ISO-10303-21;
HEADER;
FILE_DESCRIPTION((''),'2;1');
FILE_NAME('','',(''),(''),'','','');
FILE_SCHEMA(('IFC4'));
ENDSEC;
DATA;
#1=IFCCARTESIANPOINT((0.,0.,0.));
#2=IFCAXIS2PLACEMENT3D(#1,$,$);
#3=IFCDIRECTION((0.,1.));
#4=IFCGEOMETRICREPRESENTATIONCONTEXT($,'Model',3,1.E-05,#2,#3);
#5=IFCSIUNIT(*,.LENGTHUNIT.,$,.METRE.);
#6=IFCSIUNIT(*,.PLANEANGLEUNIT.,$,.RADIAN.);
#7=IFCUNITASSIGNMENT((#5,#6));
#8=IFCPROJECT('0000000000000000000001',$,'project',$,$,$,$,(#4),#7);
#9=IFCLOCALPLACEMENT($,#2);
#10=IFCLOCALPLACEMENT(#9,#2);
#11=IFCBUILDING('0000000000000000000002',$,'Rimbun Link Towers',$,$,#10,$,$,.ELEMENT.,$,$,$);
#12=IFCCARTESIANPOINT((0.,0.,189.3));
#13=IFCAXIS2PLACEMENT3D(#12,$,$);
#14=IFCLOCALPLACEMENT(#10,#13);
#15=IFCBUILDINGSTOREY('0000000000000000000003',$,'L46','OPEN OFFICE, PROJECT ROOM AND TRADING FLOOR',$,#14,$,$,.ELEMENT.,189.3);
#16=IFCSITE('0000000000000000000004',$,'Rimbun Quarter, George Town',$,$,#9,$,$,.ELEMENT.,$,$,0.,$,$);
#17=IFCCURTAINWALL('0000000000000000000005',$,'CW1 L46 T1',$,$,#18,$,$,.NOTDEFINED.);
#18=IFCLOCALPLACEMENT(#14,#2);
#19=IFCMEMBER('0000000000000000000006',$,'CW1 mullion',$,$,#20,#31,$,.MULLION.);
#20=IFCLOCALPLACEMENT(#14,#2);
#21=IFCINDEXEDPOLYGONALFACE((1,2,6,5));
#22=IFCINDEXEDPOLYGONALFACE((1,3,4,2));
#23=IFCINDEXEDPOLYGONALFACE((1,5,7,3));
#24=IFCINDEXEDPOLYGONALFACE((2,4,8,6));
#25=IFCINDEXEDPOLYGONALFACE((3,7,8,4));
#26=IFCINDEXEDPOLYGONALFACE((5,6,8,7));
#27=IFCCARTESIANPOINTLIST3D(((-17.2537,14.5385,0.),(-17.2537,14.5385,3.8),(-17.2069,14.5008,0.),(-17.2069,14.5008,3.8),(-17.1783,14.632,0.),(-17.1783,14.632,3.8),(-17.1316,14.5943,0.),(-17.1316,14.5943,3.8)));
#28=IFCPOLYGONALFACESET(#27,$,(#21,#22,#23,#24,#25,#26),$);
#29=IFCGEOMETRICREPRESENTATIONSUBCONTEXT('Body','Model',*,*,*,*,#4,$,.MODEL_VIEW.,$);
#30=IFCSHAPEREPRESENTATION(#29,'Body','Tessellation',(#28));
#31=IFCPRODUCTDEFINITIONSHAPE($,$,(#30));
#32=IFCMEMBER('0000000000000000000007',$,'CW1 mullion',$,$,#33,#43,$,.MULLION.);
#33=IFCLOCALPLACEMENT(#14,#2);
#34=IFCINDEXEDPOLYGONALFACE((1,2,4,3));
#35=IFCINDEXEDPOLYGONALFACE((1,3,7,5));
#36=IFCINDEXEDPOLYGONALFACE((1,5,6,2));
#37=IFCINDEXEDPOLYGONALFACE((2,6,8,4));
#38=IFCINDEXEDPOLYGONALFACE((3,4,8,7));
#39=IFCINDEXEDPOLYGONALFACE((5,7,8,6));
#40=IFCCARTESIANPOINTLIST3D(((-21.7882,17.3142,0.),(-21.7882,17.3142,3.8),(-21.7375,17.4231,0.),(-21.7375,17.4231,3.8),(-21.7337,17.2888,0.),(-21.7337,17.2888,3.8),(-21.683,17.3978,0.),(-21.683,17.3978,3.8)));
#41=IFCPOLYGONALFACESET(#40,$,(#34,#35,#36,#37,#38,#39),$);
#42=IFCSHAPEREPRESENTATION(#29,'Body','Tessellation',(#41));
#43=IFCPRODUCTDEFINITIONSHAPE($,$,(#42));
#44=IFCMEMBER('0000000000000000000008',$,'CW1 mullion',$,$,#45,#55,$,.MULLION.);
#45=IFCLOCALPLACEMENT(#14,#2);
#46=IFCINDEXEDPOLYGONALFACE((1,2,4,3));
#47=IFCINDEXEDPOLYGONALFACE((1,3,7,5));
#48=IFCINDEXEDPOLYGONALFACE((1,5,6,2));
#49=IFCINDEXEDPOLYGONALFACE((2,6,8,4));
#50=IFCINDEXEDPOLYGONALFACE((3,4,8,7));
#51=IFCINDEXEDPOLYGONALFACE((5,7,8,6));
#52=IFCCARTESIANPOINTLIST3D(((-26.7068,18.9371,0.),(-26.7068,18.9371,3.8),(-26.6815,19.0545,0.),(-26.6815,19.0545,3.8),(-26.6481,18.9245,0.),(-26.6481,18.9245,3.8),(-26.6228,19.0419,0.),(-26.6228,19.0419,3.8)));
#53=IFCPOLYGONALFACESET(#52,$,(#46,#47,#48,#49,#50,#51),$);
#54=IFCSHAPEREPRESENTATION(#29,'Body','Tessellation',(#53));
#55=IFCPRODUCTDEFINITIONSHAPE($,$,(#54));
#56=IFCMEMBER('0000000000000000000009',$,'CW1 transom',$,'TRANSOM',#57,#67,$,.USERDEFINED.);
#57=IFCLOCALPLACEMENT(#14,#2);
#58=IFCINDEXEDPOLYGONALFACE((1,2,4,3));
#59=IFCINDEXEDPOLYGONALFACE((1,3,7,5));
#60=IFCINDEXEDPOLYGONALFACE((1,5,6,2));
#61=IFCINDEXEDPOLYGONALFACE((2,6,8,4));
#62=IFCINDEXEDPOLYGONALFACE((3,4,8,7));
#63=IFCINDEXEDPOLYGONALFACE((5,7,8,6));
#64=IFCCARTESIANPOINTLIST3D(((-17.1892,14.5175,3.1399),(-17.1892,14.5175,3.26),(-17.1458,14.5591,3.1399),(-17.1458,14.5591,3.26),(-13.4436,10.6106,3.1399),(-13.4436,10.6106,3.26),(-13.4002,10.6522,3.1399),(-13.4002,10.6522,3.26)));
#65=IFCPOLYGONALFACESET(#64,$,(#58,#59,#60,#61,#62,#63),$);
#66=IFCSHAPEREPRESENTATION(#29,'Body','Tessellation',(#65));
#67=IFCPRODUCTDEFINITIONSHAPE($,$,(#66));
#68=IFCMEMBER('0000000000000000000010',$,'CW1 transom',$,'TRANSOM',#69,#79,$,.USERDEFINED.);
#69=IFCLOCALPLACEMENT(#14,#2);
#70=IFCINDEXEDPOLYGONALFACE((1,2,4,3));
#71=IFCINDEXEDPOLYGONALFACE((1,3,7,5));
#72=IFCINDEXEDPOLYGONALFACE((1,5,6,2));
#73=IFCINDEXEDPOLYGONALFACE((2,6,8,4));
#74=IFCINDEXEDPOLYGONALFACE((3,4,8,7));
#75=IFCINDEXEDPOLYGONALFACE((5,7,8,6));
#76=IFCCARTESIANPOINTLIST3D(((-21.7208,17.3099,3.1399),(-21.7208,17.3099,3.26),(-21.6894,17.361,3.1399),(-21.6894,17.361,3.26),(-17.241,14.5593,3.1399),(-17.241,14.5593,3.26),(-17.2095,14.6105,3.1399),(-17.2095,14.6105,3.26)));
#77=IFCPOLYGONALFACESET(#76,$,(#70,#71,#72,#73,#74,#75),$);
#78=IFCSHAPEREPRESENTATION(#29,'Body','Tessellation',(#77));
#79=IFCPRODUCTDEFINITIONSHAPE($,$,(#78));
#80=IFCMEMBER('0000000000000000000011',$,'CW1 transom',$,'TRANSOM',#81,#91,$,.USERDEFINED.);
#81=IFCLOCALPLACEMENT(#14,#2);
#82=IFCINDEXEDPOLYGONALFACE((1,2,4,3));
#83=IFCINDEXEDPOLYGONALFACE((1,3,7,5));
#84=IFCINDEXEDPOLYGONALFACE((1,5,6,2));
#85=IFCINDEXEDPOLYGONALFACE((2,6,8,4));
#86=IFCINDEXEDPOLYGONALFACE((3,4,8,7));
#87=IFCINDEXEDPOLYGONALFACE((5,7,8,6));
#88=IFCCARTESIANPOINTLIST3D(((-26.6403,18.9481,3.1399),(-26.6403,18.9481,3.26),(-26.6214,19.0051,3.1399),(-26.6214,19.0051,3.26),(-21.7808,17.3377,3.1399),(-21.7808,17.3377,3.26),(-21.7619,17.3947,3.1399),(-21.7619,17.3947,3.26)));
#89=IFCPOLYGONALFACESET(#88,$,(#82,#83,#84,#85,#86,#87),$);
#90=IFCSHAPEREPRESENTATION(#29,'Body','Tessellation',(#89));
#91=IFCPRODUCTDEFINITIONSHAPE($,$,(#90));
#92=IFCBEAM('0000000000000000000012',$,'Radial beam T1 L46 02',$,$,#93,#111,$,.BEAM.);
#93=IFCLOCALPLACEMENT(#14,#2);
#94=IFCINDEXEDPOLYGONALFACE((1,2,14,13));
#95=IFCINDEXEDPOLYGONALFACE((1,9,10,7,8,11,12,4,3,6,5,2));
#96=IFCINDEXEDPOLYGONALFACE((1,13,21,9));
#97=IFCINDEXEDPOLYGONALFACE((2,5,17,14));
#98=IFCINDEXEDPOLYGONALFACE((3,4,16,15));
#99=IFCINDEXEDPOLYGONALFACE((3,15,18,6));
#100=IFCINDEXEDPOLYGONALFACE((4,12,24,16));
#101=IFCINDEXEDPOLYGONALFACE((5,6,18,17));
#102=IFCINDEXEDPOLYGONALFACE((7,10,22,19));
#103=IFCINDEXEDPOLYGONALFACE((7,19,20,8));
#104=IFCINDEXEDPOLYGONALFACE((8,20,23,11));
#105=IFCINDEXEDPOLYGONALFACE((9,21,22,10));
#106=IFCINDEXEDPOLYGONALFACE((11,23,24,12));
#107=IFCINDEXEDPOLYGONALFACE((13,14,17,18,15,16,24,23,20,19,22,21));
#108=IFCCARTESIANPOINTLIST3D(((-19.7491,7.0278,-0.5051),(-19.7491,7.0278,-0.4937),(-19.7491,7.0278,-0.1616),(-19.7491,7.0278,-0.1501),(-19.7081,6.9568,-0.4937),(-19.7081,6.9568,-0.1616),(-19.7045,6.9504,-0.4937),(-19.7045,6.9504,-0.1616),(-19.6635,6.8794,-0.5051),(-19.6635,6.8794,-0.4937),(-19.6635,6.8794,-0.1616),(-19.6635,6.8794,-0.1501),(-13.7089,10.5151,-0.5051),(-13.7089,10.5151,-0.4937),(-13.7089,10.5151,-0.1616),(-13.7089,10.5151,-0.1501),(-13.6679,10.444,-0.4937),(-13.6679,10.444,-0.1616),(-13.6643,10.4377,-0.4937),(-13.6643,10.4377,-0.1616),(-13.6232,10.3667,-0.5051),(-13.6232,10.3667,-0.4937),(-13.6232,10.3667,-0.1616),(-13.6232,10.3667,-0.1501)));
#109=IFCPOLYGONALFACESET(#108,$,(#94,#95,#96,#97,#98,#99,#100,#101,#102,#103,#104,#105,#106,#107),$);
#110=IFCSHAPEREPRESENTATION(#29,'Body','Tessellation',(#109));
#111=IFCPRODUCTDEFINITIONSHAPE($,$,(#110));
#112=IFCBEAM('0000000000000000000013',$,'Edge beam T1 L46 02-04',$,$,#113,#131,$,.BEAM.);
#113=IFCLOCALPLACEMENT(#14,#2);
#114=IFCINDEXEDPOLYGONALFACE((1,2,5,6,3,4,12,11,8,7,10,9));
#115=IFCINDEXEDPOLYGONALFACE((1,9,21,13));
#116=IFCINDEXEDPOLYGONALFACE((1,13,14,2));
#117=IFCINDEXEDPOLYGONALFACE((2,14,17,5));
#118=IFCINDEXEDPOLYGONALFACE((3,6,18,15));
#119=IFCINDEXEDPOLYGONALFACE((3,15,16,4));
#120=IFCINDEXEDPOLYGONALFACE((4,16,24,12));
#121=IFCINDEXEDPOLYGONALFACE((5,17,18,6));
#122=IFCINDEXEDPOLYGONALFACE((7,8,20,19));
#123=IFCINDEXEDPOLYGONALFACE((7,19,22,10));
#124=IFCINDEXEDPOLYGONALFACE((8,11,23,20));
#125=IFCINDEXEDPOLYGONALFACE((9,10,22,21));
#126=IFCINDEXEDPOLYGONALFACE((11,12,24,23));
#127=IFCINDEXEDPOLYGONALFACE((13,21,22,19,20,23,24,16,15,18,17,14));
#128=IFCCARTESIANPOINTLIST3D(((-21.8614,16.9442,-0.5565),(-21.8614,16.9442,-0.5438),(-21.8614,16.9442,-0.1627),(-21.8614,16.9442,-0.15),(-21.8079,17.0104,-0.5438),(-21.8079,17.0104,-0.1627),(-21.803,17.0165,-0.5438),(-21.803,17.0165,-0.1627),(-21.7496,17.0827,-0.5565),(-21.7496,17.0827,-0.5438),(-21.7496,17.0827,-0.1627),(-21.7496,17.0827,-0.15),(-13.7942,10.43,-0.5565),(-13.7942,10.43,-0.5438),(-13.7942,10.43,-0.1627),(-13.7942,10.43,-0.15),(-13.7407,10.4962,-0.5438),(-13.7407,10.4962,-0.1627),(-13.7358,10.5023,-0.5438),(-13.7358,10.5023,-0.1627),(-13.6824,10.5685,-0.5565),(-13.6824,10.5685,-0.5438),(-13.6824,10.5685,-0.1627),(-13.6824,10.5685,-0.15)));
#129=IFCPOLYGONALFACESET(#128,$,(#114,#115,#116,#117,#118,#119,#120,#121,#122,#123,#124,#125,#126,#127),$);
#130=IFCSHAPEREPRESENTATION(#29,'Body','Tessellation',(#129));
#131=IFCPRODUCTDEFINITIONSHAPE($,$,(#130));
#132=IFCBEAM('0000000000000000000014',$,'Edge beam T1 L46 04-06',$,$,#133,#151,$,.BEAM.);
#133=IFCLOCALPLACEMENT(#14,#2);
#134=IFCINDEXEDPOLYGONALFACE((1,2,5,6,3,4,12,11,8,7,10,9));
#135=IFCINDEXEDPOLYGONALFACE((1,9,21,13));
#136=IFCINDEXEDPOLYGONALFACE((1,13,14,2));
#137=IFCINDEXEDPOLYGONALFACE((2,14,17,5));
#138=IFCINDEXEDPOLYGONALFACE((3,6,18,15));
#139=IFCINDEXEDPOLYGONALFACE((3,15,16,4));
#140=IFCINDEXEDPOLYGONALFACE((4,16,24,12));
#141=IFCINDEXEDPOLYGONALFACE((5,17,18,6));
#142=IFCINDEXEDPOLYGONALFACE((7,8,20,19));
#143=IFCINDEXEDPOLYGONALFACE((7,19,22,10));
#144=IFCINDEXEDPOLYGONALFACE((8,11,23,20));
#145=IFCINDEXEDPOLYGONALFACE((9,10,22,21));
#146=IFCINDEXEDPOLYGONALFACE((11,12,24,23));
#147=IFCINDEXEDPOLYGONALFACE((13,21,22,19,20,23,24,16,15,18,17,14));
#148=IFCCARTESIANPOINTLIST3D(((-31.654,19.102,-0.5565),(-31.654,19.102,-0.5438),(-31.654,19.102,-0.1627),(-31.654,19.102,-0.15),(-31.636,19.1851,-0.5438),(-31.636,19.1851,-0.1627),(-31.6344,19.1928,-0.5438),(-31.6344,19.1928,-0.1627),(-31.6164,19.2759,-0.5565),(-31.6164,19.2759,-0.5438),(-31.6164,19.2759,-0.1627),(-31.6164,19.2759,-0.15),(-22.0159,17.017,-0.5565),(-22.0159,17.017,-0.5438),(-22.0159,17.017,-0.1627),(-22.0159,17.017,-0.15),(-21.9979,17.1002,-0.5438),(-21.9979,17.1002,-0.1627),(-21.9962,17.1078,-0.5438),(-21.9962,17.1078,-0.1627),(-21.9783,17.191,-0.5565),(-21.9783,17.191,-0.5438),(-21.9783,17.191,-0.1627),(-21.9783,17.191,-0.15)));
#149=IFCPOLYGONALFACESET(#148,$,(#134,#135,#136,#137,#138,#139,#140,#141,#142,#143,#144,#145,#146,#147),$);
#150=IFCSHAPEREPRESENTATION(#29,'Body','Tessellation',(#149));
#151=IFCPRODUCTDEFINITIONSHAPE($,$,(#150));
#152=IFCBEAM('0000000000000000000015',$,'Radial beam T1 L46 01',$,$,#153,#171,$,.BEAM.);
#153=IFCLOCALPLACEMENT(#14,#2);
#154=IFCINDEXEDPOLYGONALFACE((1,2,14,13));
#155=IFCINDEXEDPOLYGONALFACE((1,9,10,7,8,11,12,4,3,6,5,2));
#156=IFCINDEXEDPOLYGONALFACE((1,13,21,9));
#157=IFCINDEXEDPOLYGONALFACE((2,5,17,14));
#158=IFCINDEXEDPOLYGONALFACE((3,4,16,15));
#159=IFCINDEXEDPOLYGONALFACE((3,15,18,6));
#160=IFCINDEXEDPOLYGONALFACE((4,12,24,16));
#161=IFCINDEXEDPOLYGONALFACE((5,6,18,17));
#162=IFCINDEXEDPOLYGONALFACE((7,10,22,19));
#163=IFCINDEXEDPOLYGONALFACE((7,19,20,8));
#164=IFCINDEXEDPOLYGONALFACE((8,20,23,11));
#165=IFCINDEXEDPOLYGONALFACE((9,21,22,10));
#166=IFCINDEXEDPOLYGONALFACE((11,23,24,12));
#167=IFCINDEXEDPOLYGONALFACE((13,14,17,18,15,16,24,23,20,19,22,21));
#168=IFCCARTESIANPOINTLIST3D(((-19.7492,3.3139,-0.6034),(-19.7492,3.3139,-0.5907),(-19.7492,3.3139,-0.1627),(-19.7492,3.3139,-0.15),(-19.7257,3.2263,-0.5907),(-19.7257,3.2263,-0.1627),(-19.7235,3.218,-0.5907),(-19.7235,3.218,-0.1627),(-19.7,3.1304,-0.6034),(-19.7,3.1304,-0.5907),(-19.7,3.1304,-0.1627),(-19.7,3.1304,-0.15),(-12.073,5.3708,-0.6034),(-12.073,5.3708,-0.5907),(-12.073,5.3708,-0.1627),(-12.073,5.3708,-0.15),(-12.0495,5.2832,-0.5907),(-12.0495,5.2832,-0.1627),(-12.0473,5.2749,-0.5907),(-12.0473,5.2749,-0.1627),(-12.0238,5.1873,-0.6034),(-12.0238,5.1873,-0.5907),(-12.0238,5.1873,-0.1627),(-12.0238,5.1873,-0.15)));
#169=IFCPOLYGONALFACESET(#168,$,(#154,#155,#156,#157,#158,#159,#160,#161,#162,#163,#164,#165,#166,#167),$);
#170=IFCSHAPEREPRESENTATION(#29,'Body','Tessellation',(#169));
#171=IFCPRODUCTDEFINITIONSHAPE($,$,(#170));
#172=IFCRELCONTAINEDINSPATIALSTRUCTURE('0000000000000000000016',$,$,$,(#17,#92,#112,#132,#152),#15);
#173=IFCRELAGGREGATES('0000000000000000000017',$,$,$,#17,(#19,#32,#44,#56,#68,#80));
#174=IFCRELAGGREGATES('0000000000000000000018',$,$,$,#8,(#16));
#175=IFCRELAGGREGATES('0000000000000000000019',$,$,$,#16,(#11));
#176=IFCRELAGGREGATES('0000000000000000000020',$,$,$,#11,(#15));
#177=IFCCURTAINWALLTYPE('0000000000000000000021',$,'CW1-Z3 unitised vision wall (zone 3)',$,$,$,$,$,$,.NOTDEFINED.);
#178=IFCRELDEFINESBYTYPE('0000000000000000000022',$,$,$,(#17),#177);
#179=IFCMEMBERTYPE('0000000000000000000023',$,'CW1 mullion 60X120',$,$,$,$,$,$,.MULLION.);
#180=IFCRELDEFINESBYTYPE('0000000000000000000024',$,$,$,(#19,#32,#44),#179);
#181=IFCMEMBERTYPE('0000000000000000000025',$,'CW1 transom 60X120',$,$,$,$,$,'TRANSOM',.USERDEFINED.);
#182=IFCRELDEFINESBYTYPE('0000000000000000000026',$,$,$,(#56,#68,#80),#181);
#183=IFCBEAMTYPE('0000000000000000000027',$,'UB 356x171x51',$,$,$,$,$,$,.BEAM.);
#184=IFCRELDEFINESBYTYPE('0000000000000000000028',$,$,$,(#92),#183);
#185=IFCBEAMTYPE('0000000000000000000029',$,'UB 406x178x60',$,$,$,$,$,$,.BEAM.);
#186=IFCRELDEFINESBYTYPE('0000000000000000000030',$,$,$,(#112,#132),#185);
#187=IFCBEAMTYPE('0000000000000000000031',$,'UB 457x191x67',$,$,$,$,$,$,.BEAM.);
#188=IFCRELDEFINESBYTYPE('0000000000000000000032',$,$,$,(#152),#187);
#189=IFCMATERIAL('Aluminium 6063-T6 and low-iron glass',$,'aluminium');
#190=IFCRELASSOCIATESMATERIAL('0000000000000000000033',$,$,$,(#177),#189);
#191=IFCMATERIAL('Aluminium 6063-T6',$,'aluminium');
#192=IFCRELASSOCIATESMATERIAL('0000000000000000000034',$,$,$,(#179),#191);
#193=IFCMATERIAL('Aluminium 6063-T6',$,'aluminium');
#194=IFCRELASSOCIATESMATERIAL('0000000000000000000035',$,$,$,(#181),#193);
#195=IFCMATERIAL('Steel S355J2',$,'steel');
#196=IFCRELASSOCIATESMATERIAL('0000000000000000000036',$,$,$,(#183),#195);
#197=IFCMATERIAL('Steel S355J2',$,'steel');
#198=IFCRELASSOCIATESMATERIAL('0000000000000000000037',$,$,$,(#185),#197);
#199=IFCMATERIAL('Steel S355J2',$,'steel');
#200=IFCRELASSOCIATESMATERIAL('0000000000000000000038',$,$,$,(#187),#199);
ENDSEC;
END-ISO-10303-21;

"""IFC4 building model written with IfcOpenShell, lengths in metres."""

from ifc_helpers import new_model, si_unit, direction, frame, origin, origin_2d, place, context, subcontext, project, spatial, rectangle, i_section, extrude, material, material_profile, profile_set, type_object, element, aggregate, save


model = new_model("IFC4")

# Units and contexts
model_context = context("Model", 3, precision=1e-05, world=origin(), true_north=direction((0.0, 1.0)))
body_context = subcontext(model_context, "Body", "Model", "MODEL_VIEW")
ifc_project = project(units=[si_unit("LENGTHUNIT", "METRE"), si_unit("PLANEANGLEUNIT", "RADIAN")], contexts=[model_context])

# Site, building, storey
site_placement = place(None, origin())
site = spatial("IfcSite", under=ifc_project, at=site_placement, Name="Rimbun Quarter, George Town", CompositionType="ELEMENT", RefElevation=0.0)
building_placement = place(site_placement, origin())
building = spatial("IfcBuilding", under=site, at=building_placement, Name="Rimbun Link Towers", CompositionType="ELEMENT")
storey_placement = place(building_placement, frame((0.0, 0.0, 189.3)))
storey = spatial("IfcBuildingStorey", under=building, at=storey_placement, Name="L46", Description="OPEN OFFICE, PROJECT ROOM AND TRADING FLOOR", CompositionType="ELEMENT", Elevation=189.3)

# Curtain wall, members
ifc_material_1 = material(Name="Aluminium 6063-T6 and low-iron glass", Category="aluminium")
curtain_wall_type = type_object("IfcCurtainWallType", Name="CW1-Z3 unitised vision wall (zone 3)", PredefinedType="NOTDEFINED", material=ifc_material_1)
curtain_wall_placement = place(storey_placement, origin())
curtain_wall = element("IfcCurtainWall", 1, at=curtain_wall_placement, inside=storey, type_object=curtain_wall_type, Name="CW1 L46 T1", PredefinedType="NOTDEFINED")
ifc_material_2 = material(Name="Aluminium 6063-T6", Category="aluminium")
ifc_material_profile_1 = material_profile(ifc_material_2, rectangle(XDim=0.1201, YDim=0.0601, at=origin_2d()), Name="MULLION 60X120")
ifc_profile_set_1 = profile_set([ifc_material_profile_1], Name="Aluminium 6063-T6")
member_type_1 = type_object("IfcMemberType", Name="CW1 mullion 60X120", PredefinedType="MULLION", material=ifc_profile_set_1)
member_1_placement = place(storey_placement, frame((-17.1926, 14.5664, 0.0), z_axis=(0.0, 0.0, 1.0), x_axis=(0.627666, 0.778483, 0.0)))
member_1 = element("IfcMember", 2, at=member_1_placement, type_object=member_type_1, Name="CW1 mullion", PredefinedType="MULLION", context=body_context, shape_type="SweptSolid", body=[
    extrude(rectangle(XDim=0.1201, YDim=0.0601, at=origin_2d()), origin(), (0.0, 0.0, 1.0), 3.8),
])
member_2_placement = place(storey_placement, frame((-21.7356, 17.356, 0.0), z_axis=(0.0, 0.0, 1.0), x_axis=(0.421701, 0.906735, 0.0)))
member_2 = element("IfcMember", 3, at=member_2_placement, type_object=member_type_1, Name="CW1 mullion", PredefinedType="MULLION", context=body_context, shape_type="SweptSolid", body=[
    extrude(rectangle(XDim=0.1201, YDim=0.0601, at=origin_2d()), origin(), (0.0, 0.0, 1.0), 3.8),
])
member_3_placement = place(storey_placement, frame((-26.6648, 18.9895, 0.0), z_axis=(0.0, 0.0, 1.0), x_axis=(0.210877, 0.977513, 0.0)))
member_3 = element("IfcMember", 4, at=member_3_placement, type_object=member_type_1, Name="CW1 mullion", PredefinedType="MULLION", context=body_context, shape_type="SweptSolid", body=[
    extrude(rectangle(XDim=0.1201, YDim=0.0601, at=origin_2d()), origin(), (0.0, 0.0, 1.0), 3.8),
])
ifc_material_3 = material(Name="Aluminium 6063-T6", Category="aluminium")
ifc_material_profile_2 = material_profile(ifc_material_3, rectangle(XDim=0.0601, YDim=0.1201, at=origin_2d()), Name="TRANSOM 60X120")
ifc_profile_set_2 = profile_set([ifc_material_profile_2], Name="Aluminium 6063-T6")
member_type_2 = type_object("IfcMemberType", Name="CW1 transom 60X120", ElementType="TRANSOM", PredefinedType="USERDEFINED", material=ifc_profile_set_2)
member_4_placement = place(storey_placement, frame((-17.1675, 14.5383, 3.2), z_axis=(0.692042, -0.721858, 0.0), x_axis=(0.721858, 0.692042, 0.0)))
member_4 = element("IfcMember", 5, at=member_4_placement, type_object=member_type_2, Name="CW1 transom", ObjectType="TRANSOM", PredefinedType="USERDEFINED", context=body_context, shape_type="SweptSolid", body=[
    extrude(rectangle(XDim=0.0601, YDim=0.1201, at=origin_2d()), origin(), (0.0, 0.0, 1.0), 5.4124),
])
member_5_placement = place(storey_placement, frame((-21.7051, 17.3354, 3.2), z_axis=(0.85219, -0.523232, 0.0), x_axis=(0.523232, 0.85219, 0.0)))
member_5 = element("IfcMember", 6, at=member_5_placement, type_object=member_type_2, Name="CW1 transom", ObjectType="TRANSOM", PredefinedType="USERDEFINED", context=body_context, shape_type="SweptSolid", body=[
    extrude(rectangle(XDim=0.0601, YDim=0.1201, at=origin_2d()), origin(), (0.0, 0.0, 1.0), 5.2568),
])
member_6_placement = place(storey_placement, frame((-26.6309, 18.9766, 3.2), z_axis=(0.94924, -0.314553, 0.0), x_axis=(0.314553, 0.94924, 0.0)))
member_6 = element("IfcMember", 7, at=member_6_placement, type_object=member_type_2, Name="CW1 transom", ObjectType="TRANSOM", PredefinedType="USERDEFINED", context=body_context, shape_type="SweptSolid", body=[
    extrude(rectangle(XDim=0.0601, YDim=0.1201, at=origin_2d()), origin(), (0.0, 0.0, 1.0), 5.1194),
])

# Beams
ifc_material_4 = material(Name="Steel S355J2", Category="steel")
ifc_material_profile_3 = material_profile(ifc_material_4, i_section(OverallWidth=0.1714, OverallDepth=0.355, WebThickness=0.0073, FlangeThickness=0.0115, at=origin_2d()), Name="UB 356x171x51")
ifc_profile_set_3 = profile_set([ifc_material_profile_3], Name="Steel S355J2")
beam_type_1 = type_object("IfcBeamType", Name="UB 356x171x51", PredefinedType="BEAM", material=ifc_profile_set_3)
beam_1_placement = place(storey_placement, frame((-19.7063, 6.9536, -0.3276), z_axis=(0.866029, 0.499994, 0.0), x_axis=(-0.499994, 0.866029, 0.0)))
element("IfcBeam", 8, at=beam_1_placement, inside=storey, type_object=beam_type_1, Name="Radial beam T1 L46 02", PredefinedType="BEAM", context=body_context, shape_type="SweptSolid", body=[
    extrude(i_section(OverallWidth=0.1714, OverallDepth=0.355, WebThickness=0.0073, FlangeThickness=0.0115, at=origin_2d()), origin(), (0.0, 0.0, 1.0), 6.9746),
])
ifc_material_5 = material(Name="Steel S355J2", Category="steel")
ifc_material_profile_4 = material_profile(ifc_material_5, i_section(OverallWidth=0.178, OverallDepth=0.4065, WebThickness=0.0078, FlangeThickness=0.0127, at=origin_2d()), Name="UB 406x178x60")
ifc_profile_set_4 = profile_set([ifc_material_profile_4], Name="Steel S355J2")
beam_type_2 = type_object("IfcBeamType", Name="UB 406x178x60", PredefinedType="BEAM", material=ifc_profile_set_4)
beam_2_placement = place(storey_placement, frame((-13.7383, 10.4993, -0.3533), z_axis=(-0.778017, 0.628243, 0.0), x_axis=(-0.628243, -0.778017, 0.0)))
element("IfcBeam", 9, at=beam_2_placement, inside=storey, type_object=beam_type_2, Name="Edge beam T1 L46 02-04", PredefinedType="BEAM", context=body_context, shape_type="SweptSolid", body=[
    extrude(i_section(OverallWidth=0.178, OverallDepth=0.4065, WebThickness=0.0078, FlangeThickness=0.0127, at=origin_2d()), origin(), (0.0, 0.0, 1.0), 10.3689),
])
beam_3_placement = place(storey_placement, frame((-21.9971, 17.104, -0.3533), z_axis=(-0.977393, 0.211433, 0.0), x_axis=(-0.211433, -0.977393, 0.0)))
element("IfcBeam", 10, at=beam_3_placement, inside=storey, type_object=beam_type_2, Name="Edge beam T1 L46 04-06", PredefinedType="BEAM", context=body_context, shape_type="SweptSolid", body=[
    extrude(i_section(OverallWidth=0.178, OverallDepth=0.4065, WebThickness=0.0078, FlangeThickness=0.0127, at=origin_2d()), origin(), (0.0, 0.0, 1.0), 9.8611),
])
ifc_material_6 = material(Name="Steel S355J2", Category="steel")
ifc_material_profile_5 = material_profile(ifc_material_6, i_section(OverallWidth=0.1899, OverallDepth=0.4534, WebThickness=0.0085, FlangeThickness=0.0127, at=origin_2d()), Name="UB 457x191x67")
ifc_profile_set_5 = profile_set([ifc_material_profile_5], Name="Steel S355J2")
beam_type_3 = type_object("IfcBeamType", Name="UB 457x191x67", PredefinedType="BEAM", material=ifc_profile_set_5)
beam_4_placement = place(storey_placement, frame((-19.7246, 3.2222, -0.3767), z_axis=(0.965925, 0.258823, 0.0), x_axis=(-0.258823, 0.965925, 0.0)))
element("IfcBeam", 11, at=beam_4_placement, inside=storey, type_object=beam_type_3, Name="Radial beam T1 L46 01", PredefinedType="BEAM", context=body_context, shape_type="SweptSolid", body=[
    extrude(i_section(OverallWidth=0.1899, OverallDepth=0.4534, WebThickness=0.0085, FlangeThickness=0.0127, at=origin_2d()), origin(), (0.0, 0.0, 1.0), 7.947),
])

aggregate(curtain_wall, [member_1, member_2, member_3, member_4, member_5, member_6])

save(model, "model.ifc")
